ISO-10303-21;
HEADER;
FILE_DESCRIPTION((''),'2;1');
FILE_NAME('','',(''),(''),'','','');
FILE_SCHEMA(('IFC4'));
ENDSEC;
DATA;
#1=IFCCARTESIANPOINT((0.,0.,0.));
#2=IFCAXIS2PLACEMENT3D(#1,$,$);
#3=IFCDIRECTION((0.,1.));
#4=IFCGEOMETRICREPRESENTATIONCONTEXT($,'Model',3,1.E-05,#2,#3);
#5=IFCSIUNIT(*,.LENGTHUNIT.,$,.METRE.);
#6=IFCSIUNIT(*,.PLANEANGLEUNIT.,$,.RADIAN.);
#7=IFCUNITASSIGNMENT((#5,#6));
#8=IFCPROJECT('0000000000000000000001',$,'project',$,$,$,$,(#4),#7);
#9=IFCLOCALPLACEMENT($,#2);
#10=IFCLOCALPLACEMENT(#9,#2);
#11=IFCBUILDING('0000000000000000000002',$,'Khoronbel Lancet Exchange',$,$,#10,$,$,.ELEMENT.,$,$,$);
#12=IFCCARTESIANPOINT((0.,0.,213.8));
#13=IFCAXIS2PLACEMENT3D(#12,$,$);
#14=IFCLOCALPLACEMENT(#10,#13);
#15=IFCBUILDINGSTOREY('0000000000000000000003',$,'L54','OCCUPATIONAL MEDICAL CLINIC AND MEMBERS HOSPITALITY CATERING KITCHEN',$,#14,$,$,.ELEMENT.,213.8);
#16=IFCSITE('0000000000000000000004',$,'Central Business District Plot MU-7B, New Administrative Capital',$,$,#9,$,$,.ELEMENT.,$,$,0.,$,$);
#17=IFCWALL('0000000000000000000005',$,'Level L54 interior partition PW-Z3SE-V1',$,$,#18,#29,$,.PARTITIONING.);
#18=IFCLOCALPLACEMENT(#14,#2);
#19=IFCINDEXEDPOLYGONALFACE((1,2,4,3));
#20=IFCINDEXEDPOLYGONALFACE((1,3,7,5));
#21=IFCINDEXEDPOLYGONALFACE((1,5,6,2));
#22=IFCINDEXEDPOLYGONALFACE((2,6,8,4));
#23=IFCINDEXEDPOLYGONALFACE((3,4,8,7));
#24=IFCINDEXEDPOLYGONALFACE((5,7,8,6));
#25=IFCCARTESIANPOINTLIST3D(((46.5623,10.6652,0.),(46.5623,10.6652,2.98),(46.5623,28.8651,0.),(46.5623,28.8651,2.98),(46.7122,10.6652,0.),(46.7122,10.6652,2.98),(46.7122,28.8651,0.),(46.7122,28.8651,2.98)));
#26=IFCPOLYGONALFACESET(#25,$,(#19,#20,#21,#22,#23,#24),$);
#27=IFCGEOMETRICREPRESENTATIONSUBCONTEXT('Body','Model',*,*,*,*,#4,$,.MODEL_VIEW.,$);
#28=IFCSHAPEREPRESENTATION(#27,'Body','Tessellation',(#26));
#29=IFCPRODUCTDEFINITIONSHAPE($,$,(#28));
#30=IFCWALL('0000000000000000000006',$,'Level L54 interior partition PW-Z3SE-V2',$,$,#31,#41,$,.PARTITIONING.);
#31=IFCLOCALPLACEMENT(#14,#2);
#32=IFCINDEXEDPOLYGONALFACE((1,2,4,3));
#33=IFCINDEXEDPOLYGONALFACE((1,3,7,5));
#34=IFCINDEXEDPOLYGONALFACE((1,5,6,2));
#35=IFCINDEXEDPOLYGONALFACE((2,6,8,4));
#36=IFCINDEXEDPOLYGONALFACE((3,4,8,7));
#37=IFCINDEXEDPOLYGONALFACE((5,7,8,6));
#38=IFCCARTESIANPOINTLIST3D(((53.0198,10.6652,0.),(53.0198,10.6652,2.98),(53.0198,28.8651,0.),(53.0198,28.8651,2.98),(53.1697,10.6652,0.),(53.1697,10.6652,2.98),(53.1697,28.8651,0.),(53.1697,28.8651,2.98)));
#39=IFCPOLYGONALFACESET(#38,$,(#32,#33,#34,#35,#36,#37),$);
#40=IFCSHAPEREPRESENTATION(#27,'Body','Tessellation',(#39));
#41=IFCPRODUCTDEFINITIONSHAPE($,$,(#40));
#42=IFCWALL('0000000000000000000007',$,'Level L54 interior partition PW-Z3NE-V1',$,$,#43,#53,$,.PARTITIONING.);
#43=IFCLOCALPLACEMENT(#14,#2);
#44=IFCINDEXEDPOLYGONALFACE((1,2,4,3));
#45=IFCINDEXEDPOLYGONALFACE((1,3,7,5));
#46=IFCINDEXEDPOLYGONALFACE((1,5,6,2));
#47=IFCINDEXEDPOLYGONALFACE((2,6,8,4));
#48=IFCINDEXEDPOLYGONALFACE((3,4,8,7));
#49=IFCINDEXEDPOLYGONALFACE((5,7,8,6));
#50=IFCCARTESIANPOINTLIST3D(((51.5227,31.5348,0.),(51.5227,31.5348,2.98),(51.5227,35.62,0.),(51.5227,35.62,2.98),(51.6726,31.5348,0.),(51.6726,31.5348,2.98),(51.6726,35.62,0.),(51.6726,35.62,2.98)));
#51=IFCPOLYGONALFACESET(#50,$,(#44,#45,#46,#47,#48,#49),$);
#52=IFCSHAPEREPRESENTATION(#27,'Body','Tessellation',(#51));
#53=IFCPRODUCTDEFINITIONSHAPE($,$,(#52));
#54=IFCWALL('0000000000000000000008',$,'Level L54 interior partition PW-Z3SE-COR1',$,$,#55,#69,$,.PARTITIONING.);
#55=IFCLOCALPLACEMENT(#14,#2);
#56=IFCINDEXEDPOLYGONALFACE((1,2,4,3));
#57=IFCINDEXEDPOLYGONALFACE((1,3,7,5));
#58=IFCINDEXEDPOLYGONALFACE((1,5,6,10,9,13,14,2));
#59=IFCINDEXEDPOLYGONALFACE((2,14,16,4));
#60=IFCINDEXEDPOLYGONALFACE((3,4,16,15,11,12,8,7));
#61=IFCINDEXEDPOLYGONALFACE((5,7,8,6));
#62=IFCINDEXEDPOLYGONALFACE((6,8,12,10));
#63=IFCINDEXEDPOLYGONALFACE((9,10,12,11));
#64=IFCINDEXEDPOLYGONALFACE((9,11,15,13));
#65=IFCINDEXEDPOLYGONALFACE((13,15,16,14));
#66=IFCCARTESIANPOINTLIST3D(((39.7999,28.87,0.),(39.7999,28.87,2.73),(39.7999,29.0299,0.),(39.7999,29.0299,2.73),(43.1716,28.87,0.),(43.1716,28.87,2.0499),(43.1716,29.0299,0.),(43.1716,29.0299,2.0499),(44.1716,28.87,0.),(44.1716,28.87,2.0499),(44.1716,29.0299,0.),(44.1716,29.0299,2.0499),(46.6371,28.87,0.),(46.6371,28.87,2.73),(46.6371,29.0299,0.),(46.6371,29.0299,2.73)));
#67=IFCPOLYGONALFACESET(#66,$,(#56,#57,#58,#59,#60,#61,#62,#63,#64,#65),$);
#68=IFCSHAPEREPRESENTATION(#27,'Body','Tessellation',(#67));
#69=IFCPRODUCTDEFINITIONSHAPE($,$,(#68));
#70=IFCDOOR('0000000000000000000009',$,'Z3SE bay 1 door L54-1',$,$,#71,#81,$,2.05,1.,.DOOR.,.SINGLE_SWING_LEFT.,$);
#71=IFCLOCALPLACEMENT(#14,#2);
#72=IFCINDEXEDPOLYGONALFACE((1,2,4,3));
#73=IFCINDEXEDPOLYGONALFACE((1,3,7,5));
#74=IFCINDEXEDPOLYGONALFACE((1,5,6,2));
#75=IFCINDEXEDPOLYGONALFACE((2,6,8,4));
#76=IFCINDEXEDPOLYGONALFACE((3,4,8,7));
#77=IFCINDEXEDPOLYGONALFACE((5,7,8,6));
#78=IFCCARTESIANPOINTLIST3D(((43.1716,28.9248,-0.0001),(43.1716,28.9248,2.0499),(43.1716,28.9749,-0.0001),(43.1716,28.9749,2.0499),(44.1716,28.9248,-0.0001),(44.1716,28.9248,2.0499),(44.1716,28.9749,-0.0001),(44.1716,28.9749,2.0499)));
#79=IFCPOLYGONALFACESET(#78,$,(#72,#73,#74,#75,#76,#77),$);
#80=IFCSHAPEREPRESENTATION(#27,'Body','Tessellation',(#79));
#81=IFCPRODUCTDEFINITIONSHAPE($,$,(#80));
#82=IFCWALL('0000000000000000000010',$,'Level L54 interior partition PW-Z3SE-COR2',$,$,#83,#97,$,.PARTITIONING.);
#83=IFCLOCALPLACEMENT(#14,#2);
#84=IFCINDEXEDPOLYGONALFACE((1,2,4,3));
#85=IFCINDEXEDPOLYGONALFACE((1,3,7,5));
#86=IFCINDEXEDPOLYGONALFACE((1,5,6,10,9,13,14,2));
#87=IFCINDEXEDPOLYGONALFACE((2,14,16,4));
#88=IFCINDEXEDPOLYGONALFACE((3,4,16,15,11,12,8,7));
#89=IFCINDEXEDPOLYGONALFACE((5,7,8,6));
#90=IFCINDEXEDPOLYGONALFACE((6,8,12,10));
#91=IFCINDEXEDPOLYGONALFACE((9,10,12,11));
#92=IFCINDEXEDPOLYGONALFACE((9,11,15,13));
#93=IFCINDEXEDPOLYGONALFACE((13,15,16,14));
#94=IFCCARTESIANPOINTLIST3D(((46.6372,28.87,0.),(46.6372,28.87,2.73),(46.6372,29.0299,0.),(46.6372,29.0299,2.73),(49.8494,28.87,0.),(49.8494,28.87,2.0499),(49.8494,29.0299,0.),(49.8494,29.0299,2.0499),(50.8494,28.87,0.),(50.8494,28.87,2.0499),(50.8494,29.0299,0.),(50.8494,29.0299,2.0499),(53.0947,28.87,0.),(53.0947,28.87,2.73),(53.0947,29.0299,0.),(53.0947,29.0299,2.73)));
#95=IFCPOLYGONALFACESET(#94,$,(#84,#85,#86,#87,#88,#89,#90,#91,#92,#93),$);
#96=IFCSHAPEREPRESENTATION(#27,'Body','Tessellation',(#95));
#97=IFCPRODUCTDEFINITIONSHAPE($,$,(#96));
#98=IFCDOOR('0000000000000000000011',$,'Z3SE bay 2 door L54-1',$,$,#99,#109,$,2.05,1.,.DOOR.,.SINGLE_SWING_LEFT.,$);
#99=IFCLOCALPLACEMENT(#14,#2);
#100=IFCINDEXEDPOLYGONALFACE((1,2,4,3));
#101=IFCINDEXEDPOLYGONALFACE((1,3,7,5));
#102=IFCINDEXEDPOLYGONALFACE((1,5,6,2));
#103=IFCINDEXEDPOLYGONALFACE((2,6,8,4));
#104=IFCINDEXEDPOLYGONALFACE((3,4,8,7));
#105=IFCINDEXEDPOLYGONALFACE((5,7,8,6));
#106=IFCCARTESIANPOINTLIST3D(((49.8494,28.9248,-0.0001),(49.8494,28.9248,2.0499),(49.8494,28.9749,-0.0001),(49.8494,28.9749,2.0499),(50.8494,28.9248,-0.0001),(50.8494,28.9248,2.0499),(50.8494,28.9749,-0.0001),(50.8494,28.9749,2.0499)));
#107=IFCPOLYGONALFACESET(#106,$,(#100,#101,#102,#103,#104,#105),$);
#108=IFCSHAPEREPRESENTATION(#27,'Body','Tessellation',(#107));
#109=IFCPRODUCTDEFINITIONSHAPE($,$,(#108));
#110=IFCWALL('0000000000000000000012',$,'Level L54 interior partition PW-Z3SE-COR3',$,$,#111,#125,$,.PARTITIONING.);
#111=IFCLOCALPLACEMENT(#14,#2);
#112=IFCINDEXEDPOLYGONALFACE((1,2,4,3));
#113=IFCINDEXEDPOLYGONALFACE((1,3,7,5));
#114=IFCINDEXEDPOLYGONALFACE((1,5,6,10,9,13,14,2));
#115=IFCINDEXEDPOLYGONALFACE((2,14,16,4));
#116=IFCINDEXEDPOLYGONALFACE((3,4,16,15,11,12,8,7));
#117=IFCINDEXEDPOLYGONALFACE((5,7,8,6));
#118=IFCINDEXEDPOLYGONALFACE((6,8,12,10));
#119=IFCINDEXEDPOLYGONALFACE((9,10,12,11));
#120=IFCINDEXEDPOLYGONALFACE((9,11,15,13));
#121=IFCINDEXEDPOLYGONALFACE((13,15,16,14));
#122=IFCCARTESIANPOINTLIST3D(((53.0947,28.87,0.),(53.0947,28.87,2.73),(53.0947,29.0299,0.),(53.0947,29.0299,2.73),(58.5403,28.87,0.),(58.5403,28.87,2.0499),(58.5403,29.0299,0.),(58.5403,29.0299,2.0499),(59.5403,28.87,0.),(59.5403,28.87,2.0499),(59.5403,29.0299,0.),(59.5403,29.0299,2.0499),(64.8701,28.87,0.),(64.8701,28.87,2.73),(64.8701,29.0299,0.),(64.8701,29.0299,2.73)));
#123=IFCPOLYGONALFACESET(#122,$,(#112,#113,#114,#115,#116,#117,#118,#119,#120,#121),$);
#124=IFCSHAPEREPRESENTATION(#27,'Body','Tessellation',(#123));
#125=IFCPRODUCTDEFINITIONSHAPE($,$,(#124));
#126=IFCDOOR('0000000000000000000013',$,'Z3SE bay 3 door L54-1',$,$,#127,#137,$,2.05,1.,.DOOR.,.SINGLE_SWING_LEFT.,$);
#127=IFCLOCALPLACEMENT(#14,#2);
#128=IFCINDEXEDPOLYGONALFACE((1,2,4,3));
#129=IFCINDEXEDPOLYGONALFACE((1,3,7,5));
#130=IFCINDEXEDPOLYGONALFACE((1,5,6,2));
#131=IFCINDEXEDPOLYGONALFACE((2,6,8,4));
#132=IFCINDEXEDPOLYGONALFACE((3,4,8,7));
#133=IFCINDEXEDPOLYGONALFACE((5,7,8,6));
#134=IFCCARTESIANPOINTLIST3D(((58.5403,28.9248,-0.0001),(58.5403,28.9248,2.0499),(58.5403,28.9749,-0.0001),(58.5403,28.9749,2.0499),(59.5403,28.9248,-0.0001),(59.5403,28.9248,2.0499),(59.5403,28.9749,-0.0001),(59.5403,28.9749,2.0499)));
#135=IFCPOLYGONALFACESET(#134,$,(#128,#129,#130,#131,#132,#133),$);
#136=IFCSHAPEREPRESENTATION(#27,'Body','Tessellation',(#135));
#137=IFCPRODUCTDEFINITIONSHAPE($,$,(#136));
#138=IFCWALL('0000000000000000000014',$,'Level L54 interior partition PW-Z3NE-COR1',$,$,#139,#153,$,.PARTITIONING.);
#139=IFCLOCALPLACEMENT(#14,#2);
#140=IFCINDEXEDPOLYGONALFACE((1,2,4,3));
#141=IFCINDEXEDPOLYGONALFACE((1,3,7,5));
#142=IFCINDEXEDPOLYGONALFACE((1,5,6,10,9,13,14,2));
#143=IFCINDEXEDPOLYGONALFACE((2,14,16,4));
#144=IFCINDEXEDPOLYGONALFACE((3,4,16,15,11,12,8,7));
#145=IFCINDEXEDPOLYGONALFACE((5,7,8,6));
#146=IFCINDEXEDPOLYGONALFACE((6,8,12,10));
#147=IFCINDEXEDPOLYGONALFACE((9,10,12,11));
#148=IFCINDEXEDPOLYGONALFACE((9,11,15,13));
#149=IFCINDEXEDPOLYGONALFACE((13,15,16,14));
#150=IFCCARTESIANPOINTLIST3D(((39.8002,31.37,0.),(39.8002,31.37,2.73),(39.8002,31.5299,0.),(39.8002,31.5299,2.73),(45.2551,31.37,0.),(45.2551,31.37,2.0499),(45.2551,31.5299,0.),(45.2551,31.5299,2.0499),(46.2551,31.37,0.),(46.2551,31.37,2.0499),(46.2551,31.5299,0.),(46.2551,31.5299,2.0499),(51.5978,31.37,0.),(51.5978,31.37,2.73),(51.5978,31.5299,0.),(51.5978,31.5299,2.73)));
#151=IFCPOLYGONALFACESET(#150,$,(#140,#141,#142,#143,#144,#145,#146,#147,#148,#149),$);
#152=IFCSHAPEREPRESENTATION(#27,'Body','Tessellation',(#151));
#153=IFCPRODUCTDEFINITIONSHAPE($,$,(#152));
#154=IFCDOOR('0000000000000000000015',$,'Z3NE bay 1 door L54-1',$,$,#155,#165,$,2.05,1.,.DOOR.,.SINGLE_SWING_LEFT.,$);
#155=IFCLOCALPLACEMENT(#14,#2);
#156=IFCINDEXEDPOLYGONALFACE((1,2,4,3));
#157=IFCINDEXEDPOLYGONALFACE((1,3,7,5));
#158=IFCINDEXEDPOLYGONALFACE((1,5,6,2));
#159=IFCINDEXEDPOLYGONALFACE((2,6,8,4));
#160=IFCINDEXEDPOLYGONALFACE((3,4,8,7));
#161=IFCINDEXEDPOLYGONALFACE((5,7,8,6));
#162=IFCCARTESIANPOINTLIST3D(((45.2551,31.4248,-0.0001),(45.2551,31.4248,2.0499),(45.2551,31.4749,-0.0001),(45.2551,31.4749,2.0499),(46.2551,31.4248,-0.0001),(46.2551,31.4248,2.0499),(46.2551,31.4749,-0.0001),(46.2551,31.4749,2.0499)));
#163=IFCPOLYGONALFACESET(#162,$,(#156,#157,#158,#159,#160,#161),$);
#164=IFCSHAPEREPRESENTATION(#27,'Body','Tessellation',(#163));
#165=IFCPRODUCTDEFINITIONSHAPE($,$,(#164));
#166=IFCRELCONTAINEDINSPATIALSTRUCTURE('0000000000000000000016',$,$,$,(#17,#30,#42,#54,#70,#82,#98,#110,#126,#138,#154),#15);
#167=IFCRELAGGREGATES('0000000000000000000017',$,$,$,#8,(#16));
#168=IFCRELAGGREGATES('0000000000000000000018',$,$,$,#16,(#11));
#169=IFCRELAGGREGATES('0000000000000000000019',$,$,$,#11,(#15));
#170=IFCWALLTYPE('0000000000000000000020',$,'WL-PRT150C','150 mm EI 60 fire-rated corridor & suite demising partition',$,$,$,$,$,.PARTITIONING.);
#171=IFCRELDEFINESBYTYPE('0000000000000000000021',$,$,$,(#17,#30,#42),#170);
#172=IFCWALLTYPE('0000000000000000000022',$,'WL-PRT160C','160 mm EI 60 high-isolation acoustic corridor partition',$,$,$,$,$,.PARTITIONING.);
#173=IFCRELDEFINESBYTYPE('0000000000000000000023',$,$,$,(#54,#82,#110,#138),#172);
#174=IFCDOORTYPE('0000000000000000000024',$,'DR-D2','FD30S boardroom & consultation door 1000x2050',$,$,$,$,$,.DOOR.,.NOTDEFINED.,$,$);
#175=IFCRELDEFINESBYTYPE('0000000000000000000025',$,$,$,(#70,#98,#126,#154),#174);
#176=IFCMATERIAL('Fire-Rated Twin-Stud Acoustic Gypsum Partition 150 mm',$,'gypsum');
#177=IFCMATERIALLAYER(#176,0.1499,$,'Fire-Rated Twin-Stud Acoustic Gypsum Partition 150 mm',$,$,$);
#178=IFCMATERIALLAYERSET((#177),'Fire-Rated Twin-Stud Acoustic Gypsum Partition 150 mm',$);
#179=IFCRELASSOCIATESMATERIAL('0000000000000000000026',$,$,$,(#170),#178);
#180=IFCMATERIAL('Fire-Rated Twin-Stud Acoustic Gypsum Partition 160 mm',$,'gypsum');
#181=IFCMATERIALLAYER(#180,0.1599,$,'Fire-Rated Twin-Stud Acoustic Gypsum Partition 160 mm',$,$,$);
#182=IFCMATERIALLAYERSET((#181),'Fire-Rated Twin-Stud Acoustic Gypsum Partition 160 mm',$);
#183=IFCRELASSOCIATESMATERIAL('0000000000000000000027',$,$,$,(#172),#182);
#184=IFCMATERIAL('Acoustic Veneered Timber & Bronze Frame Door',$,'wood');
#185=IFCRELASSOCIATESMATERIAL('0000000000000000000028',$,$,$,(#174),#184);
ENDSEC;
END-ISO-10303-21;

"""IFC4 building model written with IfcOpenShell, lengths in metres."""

from ifc_helpers import new_model, si_unit, direction, frame, frame_2d, origin, place, context, subcontext, project, spatial, rectangle, extrude, material, layer, layer_set, type_object, element, fill, save


model = new_model("IFC4")

# Units and contexts
model_context = context("Model", 3, precision=1e-05, world=origin(), true_north=direction((0.0, 1.0)))
body_context = subcontext(model_context, "Body", "Model", "MODEL_VIEW")
ifc_project = project(units=[si_unit("LENGTHUNIT", "METRE"), si_unit("PLANEANGLEUNIT", "RADIAN")], contexts=[model_context])

# Site, building, storey
site_placement = place(None, origin())
site = spatial("IfcSite", under=ifc_project, at=site_placement, Name="Central Business District Plot MU-7B, New Administrative Capital", CompositionType="ELEMENT", RefElevation=0.0)
building_placement = place(site_placement, origin())
building = spatial("IfcBuilding", under=site, at=building_placement, Name="Khoronbel Lancet Exchange", CompositionType="ELEMENT")
storey_placement = place(building_placement, frame((0.0, 0.0, 213.8)))
storey = spatial("IfcBuildingStorey", under=building, at=storey_placement, Name="L54", Description="OCCUPATIONAL MEDICAL CLINIC AND MEMBERS HOSPITALITY CATERING KITCHEN", CompositionType="ELEMENT", Elevation=213.8)

# Walls
ifc_material_1 = material(Name="Fire-Rated Twin-Stud Acoustic Gypsum Partition 150 mm", Category="gypsum")
ifc_layer_1 = layer(ifc_material_1, 0.1499, Name="Fire-Rated Twin-Stud Acoustic Gypsum Partition 150 mm")
ifc_layer_set_1 = layer_set([ifc_layer_1], Name="Fire-Rated Twin-Stud Acoustic Gypsum Partition 150 mm")
wall_type_1 = type_object("IfcWallType", Name="WL-PRT150C", Description="150 mm EI 60 fire-rated corridor & suite demising partition", PredefinedType="PARTITIONING", material=ifc_layer_set_1)
for number, where, z_axis, x_axis, name in (
    (1, (46.6372, 10.665, 0.0), (0.0, 0.0, 1.0), (0.0, 1.0, 0.0), "Level L54 interior partition PW-Z3SE-V1"),
    (2, (53.0947, 10.665, 0.0), (0.0, 0.0, 1.0), (0.0, 1.0, 0.0), "Level L54 interior partition PW-Z3SE-V2"),
):
    element("IfcWall", number, at=place(storey_placement, frame(where, z_axis=z_axis, x_axis=x_axis)), inside=storey, type_object=wall_type_1, Name=name, PredefinedType="PARTITIONING", context=body_context, shape_type="SweptSolid", body=[
        extrude(rectangle(XDim=18.2, YDim=0.1499, at=frame_2d((9.1001, 0.0))), origin(), (0.0, 0.0, 1.0), 2.98),
    ])
wall_1_placement = place(storey_placement, frame((51.5977, 31.5349, 0.0), z_axis=(0.0, 0.0, 1.0), x_axis=(0.0, 1.0, 0.0)))
element("IfcWall", 3, at=wall_1_placement, inside=storey, type_object=wall_type_1, Name="Level L54 interior partition PW-Z3NE-V1", PredefinedType="PARTITIONING", context=body_context, shape_type="SweptSolid", body=[
    extrude(rectangle(XDim=4.0852, YDim=0.1499, at=frame_2d((2.0425, 0.0))), origin(), (0.0, 0.0, 1.0), 2.98),
])

# Walls, openings, doors
ifc_material_2 = material(Name="Fire-Rated Twin-Stud Acoustic Gypsum Partition 160 mm", Category="gypsum")
ifc_layer_2 = layer(ifc_material_2, 0.1599, Name="Fire-Rated Twin-Stud Acoustic Gypsum Partition 160 mm")
ifc_layer_set_2 = layer_set([ifc_layer_2], Name="Fire-Rated Twin-Stud Acoustic Gypsum Partition 160 mm")
wall_type_2 = type_object("IfcWallType", Name="WL-PRT160C", Description="160 mm EI 60 high-isolation acoustic corridor partition", PredefinedType="PARTITIONING", material=ifc_layer_set_2)
wall_2_placement = place(storey_placement, frame((39.8, 28.95, 0.0), z_axis=(0.0, 0.0, 1.0), x_axis=(1.0, 0.0, 0.0)))
wall_2 = element("IfcWall", 4, at=wall_2_placement, inside=storey, type_object=wall_type_2, Name="Level L54 interior partition PW-Z3SE-COR1", PredefinedType="PARTITIONING", context=body_context, shape_type="SweptSolid", body=[
    extrude(rectangle(XDim=6.8372, YDim=0.1599, at=frame_2d((3.4185, 0.0))), origin(), (0.0, 0.0, 1.0), 2.73),
])
opening_1_placement = place(wall_2_placement, frame((3.3716, 0.0, 0.0)))
opening_1 = element("IfcOpeningElement", 5, at=opening_1_placement, cuts=wall_2, PredefinedType="OPENING", context=body_context, shape_type="SweptSolid", body=[
    extrude(rectangle(XDim=1.0, YDim=2.05, at=frame_2d((0.5, 1.0249))), frame((0.0, 0.0898, 0.0), z_axis=(0.0, -1.0, 0.0), x_axis=(1.0, 0.0, 0.0)), (0.0, 0.0, 1.0), 0.1799),
])
ifc_material_3 = material(Name="Acoustic Veneered Timber & Bronze Frame Door", Category="wood")
door_type_1 = type_object("IfcDoorType", Name="DR-D2", Description="FD30S boardroom & consultation door 1000x2050", OperationType="NOTDEFINED", PredefinedType="DOOR", material=ifc_material_3)
door_1_placement = place(opening_1_placement, origin())
door_1 = element("IfcDoor", 6, at=door_1_placement, inside=storey, type_object=door_type_1, Name="Z3SE bay 1 door L54-1", OperationType="SINGLE_SWING_LEFT", OverallHeight=2.05, OverallWidth=1.0, PredefinedType="DOOR", context=body_context, shape_type="SweptSolid", body=[
    extrude(rectangle(XDim=1.0, YDim=2.05, at=frame_2d((0.5, 1.0249))), frame((0.0, 0.0249, 0.0), z_axis=(0.0, -1.0, 0.0), x_axis=(1.0, 0.0, 0.0)), (0.0, 0.0, 1.0), 0.05),
])
fill(opening_1, door_1)
wall_3_placement = place(storey_placement, frame((46.6372, 28.95, 0.0), z_axis=(0.0, 0.0, 1.0), x_axis=(1.0, 0.0, 0.0)))
wall_3 = element("IfcWall", 7, at=wall_3_placement, inside=storey, type_object=wall_type_2, Name="Level L54 interior partition PW-Z3SE-COR2", PredefinedType="PARTITIONING", context=body_context, shape_type="SweptSolid", body=[
    extrude(rectangle(XDim=6.4575, YDim=0.1599, at=frame_2d((3.2288, 0.0))), origin(), (0.0, 0.0, 1.0), 2.73),
])
opening_2_placement = place(wall_3_placement, frame((3.2122, 0.0, 0.0)))
opening_2 = element("IfcOpeningElement", 8, at=opening_2_placement, cuts=wall_3, PredefinedType="OPENING", context=body_context, shape_type="SweptSolid", body=[
    extrude(rectangle(XDim=1.0, YDim=2.05, at=frame_2d((0.5, 1.0249))), frame((0.0, 0.0898, 0.0), z_axis=(0.0, -1.0, 0.0), x_axis=(1.0, 0.0, 0.0)), (0.0, 0.0, 1.0), 0.1799),
])
door_2_placement = place(opening_2_placement, origin())
door_2 = element("IfcDoor", 9, at=door_2_placement, inside=storey, type_object=door_type_1, Name="Z3SE bay 2 door L54-1", OperationType="SINGLE_SWING_LEFT", OverallHeight=2.05, OverallWidth=1.0, PredefinedType="DOOR", context=body_context, shape_type="SweptSolid", body=[
    extrude(rectangle(XDim=1.0, YDim=2.05, at=frame_2d((0.5, 1.0249))), frame((0.0, 0.0249, 0.0), z_axis=(0.0, -1.0, 0.0), x_axis=(1.0, 0.0, 0.0)), (0.0, 0.0, 1.0), 0.05),
])
fill(opening_2, door_2)
wall_4_placement = place(storey_placement, frame((53.0947, 28.95, 0.0), z_axis=(0.0, 0.0, 1.0), x_axis=(1.0, 0.0, 0.0)))
wall_4 = element("IfcWall", 10, at=wall_4_placement, inside=storey, type_object=wall_type_2, Name="Level L54 interior partition PW-Z3SE-COR3", PredefinedType="PARTITIONING", context=body_context, shape_type="SweptSolid", body=[
    extrude(rectangle(XDim=11.7754, YDim=0.1599, at=frame_2d((5.8877, 0.0))), origin(), (0.0, 0.0, 1.0), 2.73),
])
opening_3_placement = place(wall_4_placement, frame((5.4456, 0.0, 0.0)))
opening_3 = element("IfcOpeningElement", 11, at=opening_3_placement, cuts=wall_4, PredefinedType="OPENING", context=body_context, shape_type="SweptSolid", body=[
    extrude(rectangle(XDim=1.0, YDim=2.05, at=frame_2d((0.5, 1.0249))), frame((0.0, 0.0898, 0.0), z_axis=(0.0, -1.0, 0.0), x_axis=(1.0, 0.0, 0.0)), (0.0, 0.0, 1.0), 0.1799),
])
door_3_placement = place(opening_3_placement, origin())
door_3 = element("IfcDoor", 12, at=door_3_placement, inside=storey, type_object=door_type_1, Name="Z3SE bay 3 door L54-1", OperationType="SINGLE_SWING_LEFT", OverallHeight=2.05, OverallWidth=1.0, PredefinedType="DOOR", context=body_context, shape_type="SweptSolid", body=[
    extrude(rectangle(XDim=1.0, YDim=2.05, at=frame_2d((0.5, 1.0249))), frame((0.0, 0.0249, 0.0), z_axis=(0.0, -1.0, 0.0), x_axis=(1.0, 0.0, 0.0)), (0.0, 0.0, 1.0), 0.05),
])
fill(opening_3, door_3)
wall_5_placement = place(storey_placement, frame((39.8, 31.45, 0.0), z_axis=(0.0, 0.0, 1.0), x_axis=(1.0, 0.0, 0.0)))
wall_5 = element("IfcWall", 13, at=wall_5_placement, inside=storey, type_object=wall_type_2, Name="Level L54 interior partition PW-Z3NE-COR1", PredefinedType="PARTITIONING", context=body_context, shape_type="SweptSolid", body=[
    extrude(rectangle(XDim=11.7976, YDim=0.1599, at=frame_2d((5.8989, 0.0))), origin(), (0.0, 0.0, 1.0), 2.73),
])
opening_4_placement = place(wall_5_placement, frame((5.4551, 0.0, 0.0)))
opening_4 = element("IfcOpeningElement", 14, at=opening_4_placement, cuts=wall_5, PredefinedType="OPENING", context=body_context, shape_type="SweptSolid", body=[
    extrude(rectangle(XDim=1.0, YDim=2.05, at=frame_2d((0.5, 1.0249))), frame((0.0, 0.0898, 0.0), z_axis=(0.0, -1.0, 0.0), x_axis=(1.0, 0.0, 0.0)), (0.0, 0.0, 1.0), 0.1799),
])
door_4_placement = place(opening_4_placement, origin())
door_4 = element("IfcDoor", 15, at=door_4_placement, inside=storey, type_object=door_type_1, Name="Z3NE bay 1 door L54-1", OperationType="SINGLE_SWING_LEFT", OverallHeight=2.05, OverallWidth=1.0, PredefinedType="DOOR", context=body_context, shape_type="SweptSolid", body=[
    extrude(rectangle(XDim=1.0, YDim=2.05, at=frame_2d((0.5, 1.0249))), frame((0.0, 0.0249, 0.0), z_axis=(0.0, -1.0, 0.0), x_axis=(1.0, 0.0, 0.0)), (0.0, 0.0, 1.0), 0.05),
])
fill(opening_4, door_4)

save(model, "model.ifc")
